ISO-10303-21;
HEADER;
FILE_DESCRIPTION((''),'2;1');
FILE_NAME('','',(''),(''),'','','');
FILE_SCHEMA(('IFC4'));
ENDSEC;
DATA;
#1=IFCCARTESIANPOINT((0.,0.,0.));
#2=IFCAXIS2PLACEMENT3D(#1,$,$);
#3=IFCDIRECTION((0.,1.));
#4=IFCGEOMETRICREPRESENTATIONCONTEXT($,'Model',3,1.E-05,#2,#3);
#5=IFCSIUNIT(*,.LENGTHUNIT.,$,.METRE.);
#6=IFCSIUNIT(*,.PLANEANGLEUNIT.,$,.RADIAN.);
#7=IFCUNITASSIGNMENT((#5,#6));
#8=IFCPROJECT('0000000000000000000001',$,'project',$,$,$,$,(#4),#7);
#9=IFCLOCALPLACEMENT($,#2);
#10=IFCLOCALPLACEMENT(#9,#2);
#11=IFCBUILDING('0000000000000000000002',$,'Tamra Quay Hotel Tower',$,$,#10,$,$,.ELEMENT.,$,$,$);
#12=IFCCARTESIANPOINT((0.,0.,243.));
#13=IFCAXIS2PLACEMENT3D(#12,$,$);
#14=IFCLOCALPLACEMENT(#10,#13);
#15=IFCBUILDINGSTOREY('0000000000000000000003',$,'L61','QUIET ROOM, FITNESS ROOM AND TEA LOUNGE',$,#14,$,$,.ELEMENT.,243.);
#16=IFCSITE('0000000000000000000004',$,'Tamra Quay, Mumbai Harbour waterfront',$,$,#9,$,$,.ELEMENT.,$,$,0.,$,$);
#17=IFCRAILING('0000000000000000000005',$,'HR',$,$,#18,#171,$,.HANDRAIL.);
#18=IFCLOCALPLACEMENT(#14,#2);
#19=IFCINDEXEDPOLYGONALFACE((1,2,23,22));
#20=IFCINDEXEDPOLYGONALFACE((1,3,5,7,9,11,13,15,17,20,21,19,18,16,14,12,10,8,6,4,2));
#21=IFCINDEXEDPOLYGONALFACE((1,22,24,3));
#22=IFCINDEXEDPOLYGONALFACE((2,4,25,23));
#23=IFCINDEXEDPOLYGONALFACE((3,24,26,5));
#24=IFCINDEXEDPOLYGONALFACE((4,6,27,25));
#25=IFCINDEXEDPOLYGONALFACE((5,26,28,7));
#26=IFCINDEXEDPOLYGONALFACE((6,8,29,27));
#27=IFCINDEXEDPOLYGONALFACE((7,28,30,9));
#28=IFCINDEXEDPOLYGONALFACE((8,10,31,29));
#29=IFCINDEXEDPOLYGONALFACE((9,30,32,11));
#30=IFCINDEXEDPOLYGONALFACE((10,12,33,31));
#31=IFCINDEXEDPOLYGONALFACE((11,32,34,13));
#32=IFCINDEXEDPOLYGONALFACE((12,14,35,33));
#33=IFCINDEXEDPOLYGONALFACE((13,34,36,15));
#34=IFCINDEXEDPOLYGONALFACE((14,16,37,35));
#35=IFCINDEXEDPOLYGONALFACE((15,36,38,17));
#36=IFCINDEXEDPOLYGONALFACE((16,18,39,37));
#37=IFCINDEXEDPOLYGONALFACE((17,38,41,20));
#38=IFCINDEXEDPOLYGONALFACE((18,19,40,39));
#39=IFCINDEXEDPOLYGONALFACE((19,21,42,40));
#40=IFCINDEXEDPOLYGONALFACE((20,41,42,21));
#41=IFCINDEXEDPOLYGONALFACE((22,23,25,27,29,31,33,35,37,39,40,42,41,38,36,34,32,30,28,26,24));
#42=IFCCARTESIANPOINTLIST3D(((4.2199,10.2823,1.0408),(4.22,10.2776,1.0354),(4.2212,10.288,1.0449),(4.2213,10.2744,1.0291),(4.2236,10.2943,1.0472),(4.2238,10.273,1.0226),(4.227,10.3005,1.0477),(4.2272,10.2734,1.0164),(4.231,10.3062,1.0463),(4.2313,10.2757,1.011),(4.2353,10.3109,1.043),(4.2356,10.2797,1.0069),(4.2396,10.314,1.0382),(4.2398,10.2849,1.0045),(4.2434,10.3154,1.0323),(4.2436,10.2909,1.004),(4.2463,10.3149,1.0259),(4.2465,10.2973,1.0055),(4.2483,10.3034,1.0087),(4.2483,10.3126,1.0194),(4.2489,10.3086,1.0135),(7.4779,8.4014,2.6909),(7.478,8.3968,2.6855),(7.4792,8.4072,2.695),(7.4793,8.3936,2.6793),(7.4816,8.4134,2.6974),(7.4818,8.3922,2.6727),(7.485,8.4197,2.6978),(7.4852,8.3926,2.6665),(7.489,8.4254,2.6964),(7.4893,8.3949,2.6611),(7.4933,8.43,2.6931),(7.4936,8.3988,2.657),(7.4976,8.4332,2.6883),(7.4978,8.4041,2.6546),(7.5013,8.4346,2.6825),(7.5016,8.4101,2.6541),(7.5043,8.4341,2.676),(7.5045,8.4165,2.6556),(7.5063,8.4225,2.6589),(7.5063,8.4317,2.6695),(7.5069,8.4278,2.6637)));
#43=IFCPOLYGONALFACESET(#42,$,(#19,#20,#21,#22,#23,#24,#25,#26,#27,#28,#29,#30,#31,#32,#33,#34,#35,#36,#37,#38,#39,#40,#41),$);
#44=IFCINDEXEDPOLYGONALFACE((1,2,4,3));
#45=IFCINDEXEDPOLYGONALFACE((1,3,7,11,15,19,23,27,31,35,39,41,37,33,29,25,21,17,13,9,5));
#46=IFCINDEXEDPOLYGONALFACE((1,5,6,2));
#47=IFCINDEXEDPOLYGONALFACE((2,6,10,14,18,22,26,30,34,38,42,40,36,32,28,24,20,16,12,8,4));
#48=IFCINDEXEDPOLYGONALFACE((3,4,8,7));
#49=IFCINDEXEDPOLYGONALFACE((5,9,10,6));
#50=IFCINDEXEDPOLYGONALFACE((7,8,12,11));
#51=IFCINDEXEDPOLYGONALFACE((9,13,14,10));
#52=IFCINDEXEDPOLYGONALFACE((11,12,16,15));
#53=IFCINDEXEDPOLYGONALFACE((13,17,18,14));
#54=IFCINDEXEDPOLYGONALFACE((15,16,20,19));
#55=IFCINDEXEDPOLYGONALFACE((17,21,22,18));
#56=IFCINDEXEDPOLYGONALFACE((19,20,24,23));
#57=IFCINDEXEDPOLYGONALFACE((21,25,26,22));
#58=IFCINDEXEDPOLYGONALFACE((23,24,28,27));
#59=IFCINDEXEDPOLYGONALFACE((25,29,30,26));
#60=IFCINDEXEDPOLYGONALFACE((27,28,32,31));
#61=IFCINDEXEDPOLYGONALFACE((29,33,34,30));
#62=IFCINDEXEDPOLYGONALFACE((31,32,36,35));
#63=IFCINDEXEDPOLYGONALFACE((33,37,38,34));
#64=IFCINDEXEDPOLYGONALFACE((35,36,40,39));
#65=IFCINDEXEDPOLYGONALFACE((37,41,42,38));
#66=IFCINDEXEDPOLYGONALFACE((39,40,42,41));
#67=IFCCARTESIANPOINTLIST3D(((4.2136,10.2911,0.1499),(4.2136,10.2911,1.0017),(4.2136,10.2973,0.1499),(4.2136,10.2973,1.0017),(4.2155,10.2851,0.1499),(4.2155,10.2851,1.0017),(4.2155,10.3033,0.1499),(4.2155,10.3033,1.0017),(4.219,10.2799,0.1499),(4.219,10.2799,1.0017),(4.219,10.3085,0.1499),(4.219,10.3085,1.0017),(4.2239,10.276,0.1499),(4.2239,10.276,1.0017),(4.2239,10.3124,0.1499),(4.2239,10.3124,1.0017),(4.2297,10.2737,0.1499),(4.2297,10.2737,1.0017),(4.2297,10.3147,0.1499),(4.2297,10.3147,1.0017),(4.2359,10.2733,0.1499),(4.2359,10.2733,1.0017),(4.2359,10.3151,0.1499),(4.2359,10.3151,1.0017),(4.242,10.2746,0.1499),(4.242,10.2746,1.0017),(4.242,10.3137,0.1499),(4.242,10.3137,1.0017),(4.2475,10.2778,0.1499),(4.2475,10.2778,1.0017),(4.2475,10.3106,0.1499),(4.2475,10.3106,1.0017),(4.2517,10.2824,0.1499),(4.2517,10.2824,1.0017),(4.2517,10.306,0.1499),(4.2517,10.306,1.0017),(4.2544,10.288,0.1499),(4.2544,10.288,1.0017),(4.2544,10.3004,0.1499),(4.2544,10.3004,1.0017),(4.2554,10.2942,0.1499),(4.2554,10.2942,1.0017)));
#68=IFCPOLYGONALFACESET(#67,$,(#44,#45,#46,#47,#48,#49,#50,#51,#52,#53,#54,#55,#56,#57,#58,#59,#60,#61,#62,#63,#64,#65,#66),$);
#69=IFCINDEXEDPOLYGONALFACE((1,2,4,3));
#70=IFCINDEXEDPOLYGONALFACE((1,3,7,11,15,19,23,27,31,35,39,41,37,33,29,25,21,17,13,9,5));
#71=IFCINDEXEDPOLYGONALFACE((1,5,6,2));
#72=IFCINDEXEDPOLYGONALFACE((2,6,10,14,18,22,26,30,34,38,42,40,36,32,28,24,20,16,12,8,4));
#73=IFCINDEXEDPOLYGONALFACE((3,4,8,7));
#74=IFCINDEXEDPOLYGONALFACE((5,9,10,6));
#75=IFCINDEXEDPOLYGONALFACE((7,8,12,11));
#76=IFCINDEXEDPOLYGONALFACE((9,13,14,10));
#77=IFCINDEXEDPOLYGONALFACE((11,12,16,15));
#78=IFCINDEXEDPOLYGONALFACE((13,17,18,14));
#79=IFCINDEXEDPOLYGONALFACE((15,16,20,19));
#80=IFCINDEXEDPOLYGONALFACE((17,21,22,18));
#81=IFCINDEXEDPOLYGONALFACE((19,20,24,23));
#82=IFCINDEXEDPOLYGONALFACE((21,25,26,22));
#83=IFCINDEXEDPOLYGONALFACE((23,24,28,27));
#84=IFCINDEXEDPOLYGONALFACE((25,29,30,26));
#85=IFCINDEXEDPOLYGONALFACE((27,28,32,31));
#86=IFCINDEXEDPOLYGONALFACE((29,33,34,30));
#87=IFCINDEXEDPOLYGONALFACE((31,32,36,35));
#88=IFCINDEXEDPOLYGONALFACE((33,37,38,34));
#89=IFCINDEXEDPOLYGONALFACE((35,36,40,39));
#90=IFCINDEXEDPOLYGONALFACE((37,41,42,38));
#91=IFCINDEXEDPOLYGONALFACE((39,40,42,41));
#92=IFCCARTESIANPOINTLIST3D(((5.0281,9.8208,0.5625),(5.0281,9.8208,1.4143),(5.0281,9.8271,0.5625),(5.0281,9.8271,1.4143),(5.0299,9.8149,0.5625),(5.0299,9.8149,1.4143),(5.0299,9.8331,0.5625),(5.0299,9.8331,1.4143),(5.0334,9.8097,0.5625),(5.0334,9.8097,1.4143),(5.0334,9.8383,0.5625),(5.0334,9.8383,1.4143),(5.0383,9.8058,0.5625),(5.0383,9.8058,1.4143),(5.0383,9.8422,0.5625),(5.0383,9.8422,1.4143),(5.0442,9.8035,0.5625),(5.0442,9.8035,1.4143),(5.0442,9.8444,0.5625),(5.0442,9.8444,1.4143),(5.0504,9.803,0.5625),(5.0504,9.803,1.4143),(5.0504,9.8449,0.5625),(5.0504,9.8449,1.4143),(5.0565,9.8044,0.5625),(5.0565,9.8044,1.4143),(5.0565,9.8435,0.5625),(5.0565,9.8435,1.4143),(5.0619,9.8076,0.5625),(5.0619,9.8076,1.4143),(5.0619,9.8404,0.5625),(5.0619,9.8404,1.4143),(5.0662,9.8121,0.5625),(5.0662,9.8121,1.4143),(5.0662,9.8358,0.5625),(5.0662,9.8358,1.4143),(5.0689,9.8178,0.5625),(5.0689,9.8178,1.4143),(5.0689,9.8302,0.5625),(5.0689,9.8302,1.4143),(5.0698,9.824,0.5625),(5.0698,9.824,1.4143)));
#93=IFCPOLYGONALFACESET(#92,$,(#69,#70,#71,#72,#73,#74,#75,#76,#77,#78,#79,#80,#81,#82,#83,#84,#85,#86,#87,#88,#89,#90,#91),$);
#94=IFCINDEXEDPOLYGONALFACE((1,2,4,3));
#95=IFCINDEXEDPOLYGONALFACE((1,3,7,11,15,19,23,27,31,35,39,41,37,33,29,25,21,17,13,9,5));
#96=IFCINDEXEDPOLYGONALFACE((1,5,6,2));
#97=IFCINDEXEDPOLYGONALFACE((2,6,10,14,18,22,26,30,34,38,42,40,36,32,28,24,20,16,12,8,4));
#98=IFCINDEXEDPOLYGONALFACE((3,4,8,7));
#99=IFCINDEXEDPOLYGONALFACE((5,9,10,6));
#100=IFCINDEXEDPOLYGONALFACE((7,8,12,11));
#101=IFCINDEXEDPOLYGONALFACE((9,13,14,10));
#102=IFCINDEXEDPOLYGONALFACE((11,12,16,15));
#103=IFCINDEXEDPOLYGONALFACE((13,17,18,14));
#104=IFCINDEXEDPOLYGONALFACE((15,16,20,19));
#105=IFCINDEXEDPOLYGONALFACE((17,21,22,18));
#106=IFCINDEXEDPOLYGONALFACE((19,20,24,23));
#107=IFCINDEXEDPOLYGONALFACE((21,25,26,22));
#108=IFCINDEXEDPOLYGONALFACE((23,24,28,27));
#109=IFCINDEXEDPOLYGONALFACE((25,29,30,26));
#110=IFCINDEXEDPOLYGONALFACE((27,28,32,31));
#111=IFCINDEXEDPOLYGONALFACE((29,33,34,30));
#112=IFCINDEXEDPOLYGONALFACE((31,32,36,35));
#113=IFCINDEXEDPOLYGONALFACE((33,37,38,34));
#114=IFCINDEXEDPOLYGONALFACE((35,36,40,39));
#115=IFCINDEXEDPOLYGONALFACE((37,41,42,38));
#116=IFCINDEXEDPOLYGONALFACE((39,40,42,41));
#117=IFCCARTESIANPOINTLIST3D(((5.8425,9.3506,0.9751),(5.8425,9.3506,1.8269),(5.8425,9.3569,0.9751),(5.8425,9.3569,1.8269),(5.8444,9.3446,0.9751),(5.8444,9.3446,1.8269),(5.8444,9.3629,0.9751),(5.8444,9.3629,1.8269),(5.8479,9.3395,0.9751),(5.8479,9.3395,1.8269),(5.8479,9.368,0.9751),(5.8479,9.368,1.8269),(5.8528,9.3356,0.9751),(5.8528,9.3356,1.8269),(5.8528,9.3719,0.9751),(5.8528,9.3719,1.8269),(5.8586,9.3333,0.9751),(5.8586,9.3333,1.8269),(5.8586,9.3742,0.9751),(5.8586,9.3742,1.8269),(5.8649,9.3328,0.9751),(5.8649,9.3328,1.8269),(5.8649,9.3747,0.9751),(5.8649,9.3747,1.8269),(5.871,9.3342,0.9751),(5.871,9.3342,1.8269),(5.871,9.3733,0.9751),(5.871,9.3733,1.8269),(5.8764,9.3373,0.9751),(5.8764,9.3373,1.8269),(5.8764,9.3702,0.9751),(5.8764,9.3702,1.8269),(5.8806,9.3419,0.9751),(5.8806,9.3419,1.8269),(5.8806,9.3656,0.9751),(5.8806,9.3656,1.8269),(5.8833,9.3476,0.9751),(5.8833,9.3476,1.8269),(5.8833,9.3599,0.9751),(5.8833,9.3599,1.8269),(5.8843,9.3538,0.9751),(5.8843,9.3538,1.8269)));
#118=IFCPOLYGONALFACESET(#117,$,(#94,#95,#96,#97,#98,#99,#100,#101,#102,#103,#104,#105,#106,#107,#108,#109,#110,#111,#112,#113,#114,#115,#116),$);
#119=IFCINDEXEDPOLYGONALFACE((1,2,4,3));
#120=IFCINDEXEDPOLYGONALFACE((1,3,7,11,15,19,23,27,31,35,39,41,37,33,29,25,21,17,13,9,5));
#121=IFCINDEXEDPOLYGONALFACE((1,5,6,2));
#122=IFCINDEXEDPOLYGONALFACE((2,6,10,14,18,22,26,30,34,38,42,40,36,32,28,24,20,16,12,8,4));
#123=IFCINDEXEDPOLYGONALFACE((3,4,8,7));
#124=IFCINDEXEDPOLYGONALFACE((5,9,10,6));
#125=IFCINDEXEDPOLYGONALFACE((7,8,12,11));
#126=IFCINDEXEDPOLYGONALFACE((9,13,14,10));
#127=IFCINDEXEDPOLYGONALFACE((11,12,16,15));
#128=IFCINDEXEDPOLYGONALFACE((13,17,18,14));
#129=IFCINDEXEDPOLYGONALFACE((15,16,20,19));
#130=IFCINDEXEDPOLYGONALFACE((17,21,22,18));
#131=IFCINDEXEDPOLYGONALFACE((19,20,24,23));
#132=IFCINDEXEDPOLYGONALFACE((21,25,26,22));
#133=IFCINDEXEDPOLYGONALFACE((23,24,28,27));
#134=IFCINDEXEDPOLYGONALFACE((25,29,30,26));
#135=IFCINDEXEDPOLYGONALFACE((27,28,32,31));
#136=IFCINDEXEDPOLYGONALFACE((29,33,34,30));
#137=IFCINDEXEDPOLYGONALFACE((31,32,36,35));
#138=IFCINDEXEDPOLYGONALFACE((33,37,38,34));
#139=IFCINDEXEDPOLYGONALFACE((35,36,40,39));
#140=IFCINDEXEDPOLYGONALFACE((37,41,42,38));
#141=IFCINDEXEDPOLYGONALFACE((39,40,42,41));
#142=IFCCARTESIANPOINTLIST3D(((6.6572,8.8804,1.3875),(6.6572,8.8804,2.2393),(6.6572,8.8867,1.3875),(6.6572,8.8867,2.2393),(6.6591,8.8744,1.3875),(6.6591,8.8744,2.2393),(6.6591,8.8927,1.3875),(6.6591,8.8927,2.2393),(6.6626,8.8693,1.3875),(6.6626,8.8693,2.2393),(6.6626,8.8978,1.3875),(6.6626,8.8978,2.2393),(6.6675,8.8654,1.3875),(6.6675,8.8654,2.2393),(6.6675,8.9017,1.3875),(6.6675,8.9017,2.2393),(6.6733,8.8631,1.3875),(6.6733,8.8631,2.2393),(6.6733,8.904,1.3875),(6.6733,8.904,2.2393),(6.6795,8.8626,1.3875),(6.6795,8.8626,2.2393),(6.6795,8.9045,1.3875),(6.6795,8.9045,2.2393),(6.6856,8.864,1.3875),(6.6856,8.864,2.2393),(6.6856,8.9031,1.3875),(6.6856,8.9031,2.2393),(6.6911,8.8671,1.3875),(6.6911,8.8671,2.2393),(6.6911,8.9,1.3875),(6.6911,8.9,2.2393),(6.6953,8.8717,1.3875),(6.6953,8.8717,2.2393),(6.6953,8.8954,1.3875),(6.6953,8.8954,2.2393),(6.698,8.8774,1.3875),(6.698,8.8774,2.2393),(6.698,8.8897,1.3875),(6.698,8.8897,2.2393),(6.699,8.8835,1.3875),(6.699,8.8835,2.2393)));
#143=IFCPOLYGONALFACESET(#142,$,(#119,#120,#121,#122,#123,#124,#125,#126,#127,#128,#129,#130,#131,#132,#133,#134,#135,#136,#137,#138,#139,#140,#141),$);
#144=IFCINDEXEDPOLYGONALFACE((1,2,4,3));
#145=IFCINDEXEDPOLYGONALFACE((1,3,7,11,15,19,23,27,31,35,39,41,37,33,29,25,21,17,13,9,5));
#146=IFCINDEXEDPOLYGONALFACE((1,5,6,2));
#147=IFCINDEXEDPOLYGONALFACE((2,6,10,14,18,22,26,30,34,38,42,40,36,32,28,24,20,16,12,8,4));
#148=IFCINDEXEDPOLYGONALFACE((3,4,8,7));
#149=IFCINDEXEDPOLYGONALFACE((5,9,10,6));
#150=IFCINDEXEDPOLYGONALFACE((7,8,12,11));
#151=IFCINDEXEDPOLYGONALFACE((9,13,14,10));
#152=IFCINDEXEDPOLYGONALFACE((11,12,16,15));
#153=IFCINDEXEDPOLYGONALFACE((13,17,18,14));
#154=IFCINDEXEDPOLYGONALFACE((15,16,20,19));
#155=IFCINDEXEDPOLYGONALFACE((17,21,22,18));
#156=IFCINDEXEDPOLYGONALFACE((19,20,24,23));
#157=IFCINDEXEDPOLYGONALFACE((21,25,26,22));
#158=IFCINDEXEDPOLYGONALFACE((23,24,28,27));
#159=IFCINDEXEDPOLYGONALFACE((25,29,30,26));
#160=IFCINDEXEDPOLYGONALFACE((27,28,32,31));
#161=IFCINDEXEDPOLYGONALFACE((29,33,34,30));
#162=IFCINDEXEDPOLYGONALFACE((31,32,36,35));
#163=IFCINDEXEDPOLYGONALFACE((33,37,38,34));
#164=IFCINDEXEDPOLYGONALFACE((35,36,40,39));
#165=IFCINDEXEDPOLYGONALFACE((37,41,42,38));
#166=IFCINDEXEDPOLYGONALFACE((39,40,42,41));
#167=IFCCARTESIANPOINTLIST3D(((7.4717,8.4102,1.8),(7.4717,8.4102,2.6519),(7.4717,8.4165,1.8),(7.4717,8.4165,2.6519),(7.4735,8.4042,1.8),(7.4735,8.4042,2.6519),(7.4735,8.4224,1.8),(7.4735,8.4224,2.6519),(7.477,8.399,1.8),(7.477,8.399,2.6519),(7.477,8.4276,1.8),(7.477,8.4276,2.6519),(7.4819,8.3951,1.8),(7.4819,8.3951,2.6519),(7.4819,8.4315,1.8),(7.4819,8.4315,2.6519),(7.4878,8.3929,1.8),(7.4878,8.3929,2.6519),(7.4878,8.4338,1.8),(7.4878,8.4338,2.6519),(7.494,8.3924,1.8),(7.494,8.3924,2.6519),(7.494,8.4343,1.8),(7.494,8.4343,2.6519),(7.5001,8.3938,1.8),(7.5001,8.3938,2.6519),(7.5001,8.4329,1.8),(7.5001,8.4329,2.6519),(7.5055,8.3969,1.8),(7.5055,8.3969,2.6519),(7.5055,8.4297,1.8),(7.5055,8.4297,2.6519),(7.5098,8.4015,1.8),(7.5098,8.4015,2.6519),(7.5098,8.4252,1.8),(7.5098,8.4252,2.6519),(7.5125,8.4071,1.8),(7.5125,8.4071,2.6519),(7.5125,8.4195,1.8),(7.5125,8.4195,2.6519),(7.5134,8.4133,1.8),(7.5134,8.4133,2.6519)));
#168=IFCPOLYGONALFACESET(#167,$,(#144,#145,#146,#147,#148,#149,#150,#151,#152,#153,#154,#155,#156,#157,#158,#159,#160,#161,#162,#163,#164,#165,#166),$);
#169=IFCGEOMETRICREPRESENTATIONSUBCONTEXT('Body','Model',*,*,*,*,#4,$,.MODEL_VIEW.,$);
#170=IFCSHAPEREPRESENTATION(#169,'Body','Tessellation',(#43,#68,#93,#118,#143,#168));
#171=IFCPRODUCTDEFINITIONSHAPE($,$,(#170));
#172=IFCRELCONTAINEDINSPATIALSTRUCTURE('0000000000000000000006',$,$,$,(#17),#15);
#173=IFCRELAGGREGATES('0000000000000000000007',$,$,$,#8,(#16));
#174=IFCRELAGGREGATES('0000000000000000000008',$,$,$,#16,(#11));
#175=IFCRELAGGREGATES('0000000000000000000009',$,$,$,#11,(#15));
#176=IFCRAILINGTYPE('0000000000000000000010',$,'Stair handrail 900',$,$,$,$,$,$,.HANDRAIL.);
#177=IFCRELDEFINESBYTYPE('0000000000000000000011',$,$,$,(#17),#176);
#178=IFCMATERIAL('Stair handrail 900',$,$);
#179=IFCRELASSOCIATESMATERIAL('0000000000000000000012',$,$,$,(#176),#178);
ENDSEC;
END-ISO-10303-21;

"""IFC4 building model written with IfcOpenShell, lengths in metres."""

from ifc_helpers import new_model, si_unit, direction, frame, origin, origin_2d, place, context, subcontext, project, spatial, circle, extrude, material, type_object, element, save


model = new_model("IFC4")

# Units and contexts
model_context = context("Model", 3, precision=1e-05, world=origin(), true_north=direction((0.0, 1.0)))
body_context = subcontext(model_context, "Body", "Model", "MODEL_VIEW")
ifc_project = project(units=[si_unit("LENGTHUNIT", "METRE"), si_unit("PLANEANGLEUNIT", "RADIAN")], contexts=[model_context])

# Site, building, storey
site_placement = place(None, origin())
site = spatial("IfcSite", under=ifc_project, at=site_placement, Name="Tamra Quay, Mumbai Harbour waterfront", CompositionType="ELEMENT", RefElevation=0.0)
building_placement = place(site_placement, origin())
building = spatial("IfcBuilding", under=site, at=building_placement, Name="Tamra Quay Hotel Tower", CompositionType="ELEMENT")
storey_placement = place(building_placement, frame((0.0, 0.0, 243.0)))
storey = spatial("IfcBuildingStorey", under=building, at=storey_placement, Name="L61", Description="QUIET ROOM, FITNESS ROOM AND TEA LOUNGE", CompositionType="ELEMENT", Elevation=243.0)

# Railing
ifc_material_1 = material(Name="Stair handrail 900")
railing_type = type_object("IfcRailingType", Name="Stair handrail 900", PredefinedType="HANDRAIL", material=ifc_material_1)
railing_placement = place(storey_placement, frame((4.2344, 10.2942, 0.1499)))
element("IfcRailing", 1, at=railing_placement, inside=storey, type_object=railing_type, Name="HR", PredefinedType="HANDRAIL", context=body_context, shape_type="SweptSolid", body=[
    extrude(circle(Radius=0.0239, at=origin_2d()), frame((0.0, 0.0, 0.876), z_axis=(0.793103, -0.457854, 0.401692), x_axis=(0.499964, 0.866046, 0.0)), (0.0, 0.0, 1.0), 4.1079),
    extrude(circle(Radius=0.021, at=origin_2d()), origin(), (0.0, 0.0, 1.0), 0.8518),
    extrude(circle(Radius=0.021, at=origin_2d()), frame((0.8145, -0.4702, 0.4126)), (0.0, 0.0, 1.0), 0.8518),
    extrude(circle(Radius=0.021, at=origin_2d()), frame((1.6289, -0.9404, 0.8252)), (0.0, 0.0, 1.0), 0.8518),
    extrude(circle(Radius=0.021, at=origin_2d()), frame((2.4436, -1.4106, 1.2375)), (0.0, 0.0, 1.0), 0.8518),
    extrude(circle(Radius=0.021, at=origin_2d()), frame((3.2581, -1.8809, 1.6501)), (0.0, 0.0, 1.0), 0.8518),
])

save(model, "model.ifc")
